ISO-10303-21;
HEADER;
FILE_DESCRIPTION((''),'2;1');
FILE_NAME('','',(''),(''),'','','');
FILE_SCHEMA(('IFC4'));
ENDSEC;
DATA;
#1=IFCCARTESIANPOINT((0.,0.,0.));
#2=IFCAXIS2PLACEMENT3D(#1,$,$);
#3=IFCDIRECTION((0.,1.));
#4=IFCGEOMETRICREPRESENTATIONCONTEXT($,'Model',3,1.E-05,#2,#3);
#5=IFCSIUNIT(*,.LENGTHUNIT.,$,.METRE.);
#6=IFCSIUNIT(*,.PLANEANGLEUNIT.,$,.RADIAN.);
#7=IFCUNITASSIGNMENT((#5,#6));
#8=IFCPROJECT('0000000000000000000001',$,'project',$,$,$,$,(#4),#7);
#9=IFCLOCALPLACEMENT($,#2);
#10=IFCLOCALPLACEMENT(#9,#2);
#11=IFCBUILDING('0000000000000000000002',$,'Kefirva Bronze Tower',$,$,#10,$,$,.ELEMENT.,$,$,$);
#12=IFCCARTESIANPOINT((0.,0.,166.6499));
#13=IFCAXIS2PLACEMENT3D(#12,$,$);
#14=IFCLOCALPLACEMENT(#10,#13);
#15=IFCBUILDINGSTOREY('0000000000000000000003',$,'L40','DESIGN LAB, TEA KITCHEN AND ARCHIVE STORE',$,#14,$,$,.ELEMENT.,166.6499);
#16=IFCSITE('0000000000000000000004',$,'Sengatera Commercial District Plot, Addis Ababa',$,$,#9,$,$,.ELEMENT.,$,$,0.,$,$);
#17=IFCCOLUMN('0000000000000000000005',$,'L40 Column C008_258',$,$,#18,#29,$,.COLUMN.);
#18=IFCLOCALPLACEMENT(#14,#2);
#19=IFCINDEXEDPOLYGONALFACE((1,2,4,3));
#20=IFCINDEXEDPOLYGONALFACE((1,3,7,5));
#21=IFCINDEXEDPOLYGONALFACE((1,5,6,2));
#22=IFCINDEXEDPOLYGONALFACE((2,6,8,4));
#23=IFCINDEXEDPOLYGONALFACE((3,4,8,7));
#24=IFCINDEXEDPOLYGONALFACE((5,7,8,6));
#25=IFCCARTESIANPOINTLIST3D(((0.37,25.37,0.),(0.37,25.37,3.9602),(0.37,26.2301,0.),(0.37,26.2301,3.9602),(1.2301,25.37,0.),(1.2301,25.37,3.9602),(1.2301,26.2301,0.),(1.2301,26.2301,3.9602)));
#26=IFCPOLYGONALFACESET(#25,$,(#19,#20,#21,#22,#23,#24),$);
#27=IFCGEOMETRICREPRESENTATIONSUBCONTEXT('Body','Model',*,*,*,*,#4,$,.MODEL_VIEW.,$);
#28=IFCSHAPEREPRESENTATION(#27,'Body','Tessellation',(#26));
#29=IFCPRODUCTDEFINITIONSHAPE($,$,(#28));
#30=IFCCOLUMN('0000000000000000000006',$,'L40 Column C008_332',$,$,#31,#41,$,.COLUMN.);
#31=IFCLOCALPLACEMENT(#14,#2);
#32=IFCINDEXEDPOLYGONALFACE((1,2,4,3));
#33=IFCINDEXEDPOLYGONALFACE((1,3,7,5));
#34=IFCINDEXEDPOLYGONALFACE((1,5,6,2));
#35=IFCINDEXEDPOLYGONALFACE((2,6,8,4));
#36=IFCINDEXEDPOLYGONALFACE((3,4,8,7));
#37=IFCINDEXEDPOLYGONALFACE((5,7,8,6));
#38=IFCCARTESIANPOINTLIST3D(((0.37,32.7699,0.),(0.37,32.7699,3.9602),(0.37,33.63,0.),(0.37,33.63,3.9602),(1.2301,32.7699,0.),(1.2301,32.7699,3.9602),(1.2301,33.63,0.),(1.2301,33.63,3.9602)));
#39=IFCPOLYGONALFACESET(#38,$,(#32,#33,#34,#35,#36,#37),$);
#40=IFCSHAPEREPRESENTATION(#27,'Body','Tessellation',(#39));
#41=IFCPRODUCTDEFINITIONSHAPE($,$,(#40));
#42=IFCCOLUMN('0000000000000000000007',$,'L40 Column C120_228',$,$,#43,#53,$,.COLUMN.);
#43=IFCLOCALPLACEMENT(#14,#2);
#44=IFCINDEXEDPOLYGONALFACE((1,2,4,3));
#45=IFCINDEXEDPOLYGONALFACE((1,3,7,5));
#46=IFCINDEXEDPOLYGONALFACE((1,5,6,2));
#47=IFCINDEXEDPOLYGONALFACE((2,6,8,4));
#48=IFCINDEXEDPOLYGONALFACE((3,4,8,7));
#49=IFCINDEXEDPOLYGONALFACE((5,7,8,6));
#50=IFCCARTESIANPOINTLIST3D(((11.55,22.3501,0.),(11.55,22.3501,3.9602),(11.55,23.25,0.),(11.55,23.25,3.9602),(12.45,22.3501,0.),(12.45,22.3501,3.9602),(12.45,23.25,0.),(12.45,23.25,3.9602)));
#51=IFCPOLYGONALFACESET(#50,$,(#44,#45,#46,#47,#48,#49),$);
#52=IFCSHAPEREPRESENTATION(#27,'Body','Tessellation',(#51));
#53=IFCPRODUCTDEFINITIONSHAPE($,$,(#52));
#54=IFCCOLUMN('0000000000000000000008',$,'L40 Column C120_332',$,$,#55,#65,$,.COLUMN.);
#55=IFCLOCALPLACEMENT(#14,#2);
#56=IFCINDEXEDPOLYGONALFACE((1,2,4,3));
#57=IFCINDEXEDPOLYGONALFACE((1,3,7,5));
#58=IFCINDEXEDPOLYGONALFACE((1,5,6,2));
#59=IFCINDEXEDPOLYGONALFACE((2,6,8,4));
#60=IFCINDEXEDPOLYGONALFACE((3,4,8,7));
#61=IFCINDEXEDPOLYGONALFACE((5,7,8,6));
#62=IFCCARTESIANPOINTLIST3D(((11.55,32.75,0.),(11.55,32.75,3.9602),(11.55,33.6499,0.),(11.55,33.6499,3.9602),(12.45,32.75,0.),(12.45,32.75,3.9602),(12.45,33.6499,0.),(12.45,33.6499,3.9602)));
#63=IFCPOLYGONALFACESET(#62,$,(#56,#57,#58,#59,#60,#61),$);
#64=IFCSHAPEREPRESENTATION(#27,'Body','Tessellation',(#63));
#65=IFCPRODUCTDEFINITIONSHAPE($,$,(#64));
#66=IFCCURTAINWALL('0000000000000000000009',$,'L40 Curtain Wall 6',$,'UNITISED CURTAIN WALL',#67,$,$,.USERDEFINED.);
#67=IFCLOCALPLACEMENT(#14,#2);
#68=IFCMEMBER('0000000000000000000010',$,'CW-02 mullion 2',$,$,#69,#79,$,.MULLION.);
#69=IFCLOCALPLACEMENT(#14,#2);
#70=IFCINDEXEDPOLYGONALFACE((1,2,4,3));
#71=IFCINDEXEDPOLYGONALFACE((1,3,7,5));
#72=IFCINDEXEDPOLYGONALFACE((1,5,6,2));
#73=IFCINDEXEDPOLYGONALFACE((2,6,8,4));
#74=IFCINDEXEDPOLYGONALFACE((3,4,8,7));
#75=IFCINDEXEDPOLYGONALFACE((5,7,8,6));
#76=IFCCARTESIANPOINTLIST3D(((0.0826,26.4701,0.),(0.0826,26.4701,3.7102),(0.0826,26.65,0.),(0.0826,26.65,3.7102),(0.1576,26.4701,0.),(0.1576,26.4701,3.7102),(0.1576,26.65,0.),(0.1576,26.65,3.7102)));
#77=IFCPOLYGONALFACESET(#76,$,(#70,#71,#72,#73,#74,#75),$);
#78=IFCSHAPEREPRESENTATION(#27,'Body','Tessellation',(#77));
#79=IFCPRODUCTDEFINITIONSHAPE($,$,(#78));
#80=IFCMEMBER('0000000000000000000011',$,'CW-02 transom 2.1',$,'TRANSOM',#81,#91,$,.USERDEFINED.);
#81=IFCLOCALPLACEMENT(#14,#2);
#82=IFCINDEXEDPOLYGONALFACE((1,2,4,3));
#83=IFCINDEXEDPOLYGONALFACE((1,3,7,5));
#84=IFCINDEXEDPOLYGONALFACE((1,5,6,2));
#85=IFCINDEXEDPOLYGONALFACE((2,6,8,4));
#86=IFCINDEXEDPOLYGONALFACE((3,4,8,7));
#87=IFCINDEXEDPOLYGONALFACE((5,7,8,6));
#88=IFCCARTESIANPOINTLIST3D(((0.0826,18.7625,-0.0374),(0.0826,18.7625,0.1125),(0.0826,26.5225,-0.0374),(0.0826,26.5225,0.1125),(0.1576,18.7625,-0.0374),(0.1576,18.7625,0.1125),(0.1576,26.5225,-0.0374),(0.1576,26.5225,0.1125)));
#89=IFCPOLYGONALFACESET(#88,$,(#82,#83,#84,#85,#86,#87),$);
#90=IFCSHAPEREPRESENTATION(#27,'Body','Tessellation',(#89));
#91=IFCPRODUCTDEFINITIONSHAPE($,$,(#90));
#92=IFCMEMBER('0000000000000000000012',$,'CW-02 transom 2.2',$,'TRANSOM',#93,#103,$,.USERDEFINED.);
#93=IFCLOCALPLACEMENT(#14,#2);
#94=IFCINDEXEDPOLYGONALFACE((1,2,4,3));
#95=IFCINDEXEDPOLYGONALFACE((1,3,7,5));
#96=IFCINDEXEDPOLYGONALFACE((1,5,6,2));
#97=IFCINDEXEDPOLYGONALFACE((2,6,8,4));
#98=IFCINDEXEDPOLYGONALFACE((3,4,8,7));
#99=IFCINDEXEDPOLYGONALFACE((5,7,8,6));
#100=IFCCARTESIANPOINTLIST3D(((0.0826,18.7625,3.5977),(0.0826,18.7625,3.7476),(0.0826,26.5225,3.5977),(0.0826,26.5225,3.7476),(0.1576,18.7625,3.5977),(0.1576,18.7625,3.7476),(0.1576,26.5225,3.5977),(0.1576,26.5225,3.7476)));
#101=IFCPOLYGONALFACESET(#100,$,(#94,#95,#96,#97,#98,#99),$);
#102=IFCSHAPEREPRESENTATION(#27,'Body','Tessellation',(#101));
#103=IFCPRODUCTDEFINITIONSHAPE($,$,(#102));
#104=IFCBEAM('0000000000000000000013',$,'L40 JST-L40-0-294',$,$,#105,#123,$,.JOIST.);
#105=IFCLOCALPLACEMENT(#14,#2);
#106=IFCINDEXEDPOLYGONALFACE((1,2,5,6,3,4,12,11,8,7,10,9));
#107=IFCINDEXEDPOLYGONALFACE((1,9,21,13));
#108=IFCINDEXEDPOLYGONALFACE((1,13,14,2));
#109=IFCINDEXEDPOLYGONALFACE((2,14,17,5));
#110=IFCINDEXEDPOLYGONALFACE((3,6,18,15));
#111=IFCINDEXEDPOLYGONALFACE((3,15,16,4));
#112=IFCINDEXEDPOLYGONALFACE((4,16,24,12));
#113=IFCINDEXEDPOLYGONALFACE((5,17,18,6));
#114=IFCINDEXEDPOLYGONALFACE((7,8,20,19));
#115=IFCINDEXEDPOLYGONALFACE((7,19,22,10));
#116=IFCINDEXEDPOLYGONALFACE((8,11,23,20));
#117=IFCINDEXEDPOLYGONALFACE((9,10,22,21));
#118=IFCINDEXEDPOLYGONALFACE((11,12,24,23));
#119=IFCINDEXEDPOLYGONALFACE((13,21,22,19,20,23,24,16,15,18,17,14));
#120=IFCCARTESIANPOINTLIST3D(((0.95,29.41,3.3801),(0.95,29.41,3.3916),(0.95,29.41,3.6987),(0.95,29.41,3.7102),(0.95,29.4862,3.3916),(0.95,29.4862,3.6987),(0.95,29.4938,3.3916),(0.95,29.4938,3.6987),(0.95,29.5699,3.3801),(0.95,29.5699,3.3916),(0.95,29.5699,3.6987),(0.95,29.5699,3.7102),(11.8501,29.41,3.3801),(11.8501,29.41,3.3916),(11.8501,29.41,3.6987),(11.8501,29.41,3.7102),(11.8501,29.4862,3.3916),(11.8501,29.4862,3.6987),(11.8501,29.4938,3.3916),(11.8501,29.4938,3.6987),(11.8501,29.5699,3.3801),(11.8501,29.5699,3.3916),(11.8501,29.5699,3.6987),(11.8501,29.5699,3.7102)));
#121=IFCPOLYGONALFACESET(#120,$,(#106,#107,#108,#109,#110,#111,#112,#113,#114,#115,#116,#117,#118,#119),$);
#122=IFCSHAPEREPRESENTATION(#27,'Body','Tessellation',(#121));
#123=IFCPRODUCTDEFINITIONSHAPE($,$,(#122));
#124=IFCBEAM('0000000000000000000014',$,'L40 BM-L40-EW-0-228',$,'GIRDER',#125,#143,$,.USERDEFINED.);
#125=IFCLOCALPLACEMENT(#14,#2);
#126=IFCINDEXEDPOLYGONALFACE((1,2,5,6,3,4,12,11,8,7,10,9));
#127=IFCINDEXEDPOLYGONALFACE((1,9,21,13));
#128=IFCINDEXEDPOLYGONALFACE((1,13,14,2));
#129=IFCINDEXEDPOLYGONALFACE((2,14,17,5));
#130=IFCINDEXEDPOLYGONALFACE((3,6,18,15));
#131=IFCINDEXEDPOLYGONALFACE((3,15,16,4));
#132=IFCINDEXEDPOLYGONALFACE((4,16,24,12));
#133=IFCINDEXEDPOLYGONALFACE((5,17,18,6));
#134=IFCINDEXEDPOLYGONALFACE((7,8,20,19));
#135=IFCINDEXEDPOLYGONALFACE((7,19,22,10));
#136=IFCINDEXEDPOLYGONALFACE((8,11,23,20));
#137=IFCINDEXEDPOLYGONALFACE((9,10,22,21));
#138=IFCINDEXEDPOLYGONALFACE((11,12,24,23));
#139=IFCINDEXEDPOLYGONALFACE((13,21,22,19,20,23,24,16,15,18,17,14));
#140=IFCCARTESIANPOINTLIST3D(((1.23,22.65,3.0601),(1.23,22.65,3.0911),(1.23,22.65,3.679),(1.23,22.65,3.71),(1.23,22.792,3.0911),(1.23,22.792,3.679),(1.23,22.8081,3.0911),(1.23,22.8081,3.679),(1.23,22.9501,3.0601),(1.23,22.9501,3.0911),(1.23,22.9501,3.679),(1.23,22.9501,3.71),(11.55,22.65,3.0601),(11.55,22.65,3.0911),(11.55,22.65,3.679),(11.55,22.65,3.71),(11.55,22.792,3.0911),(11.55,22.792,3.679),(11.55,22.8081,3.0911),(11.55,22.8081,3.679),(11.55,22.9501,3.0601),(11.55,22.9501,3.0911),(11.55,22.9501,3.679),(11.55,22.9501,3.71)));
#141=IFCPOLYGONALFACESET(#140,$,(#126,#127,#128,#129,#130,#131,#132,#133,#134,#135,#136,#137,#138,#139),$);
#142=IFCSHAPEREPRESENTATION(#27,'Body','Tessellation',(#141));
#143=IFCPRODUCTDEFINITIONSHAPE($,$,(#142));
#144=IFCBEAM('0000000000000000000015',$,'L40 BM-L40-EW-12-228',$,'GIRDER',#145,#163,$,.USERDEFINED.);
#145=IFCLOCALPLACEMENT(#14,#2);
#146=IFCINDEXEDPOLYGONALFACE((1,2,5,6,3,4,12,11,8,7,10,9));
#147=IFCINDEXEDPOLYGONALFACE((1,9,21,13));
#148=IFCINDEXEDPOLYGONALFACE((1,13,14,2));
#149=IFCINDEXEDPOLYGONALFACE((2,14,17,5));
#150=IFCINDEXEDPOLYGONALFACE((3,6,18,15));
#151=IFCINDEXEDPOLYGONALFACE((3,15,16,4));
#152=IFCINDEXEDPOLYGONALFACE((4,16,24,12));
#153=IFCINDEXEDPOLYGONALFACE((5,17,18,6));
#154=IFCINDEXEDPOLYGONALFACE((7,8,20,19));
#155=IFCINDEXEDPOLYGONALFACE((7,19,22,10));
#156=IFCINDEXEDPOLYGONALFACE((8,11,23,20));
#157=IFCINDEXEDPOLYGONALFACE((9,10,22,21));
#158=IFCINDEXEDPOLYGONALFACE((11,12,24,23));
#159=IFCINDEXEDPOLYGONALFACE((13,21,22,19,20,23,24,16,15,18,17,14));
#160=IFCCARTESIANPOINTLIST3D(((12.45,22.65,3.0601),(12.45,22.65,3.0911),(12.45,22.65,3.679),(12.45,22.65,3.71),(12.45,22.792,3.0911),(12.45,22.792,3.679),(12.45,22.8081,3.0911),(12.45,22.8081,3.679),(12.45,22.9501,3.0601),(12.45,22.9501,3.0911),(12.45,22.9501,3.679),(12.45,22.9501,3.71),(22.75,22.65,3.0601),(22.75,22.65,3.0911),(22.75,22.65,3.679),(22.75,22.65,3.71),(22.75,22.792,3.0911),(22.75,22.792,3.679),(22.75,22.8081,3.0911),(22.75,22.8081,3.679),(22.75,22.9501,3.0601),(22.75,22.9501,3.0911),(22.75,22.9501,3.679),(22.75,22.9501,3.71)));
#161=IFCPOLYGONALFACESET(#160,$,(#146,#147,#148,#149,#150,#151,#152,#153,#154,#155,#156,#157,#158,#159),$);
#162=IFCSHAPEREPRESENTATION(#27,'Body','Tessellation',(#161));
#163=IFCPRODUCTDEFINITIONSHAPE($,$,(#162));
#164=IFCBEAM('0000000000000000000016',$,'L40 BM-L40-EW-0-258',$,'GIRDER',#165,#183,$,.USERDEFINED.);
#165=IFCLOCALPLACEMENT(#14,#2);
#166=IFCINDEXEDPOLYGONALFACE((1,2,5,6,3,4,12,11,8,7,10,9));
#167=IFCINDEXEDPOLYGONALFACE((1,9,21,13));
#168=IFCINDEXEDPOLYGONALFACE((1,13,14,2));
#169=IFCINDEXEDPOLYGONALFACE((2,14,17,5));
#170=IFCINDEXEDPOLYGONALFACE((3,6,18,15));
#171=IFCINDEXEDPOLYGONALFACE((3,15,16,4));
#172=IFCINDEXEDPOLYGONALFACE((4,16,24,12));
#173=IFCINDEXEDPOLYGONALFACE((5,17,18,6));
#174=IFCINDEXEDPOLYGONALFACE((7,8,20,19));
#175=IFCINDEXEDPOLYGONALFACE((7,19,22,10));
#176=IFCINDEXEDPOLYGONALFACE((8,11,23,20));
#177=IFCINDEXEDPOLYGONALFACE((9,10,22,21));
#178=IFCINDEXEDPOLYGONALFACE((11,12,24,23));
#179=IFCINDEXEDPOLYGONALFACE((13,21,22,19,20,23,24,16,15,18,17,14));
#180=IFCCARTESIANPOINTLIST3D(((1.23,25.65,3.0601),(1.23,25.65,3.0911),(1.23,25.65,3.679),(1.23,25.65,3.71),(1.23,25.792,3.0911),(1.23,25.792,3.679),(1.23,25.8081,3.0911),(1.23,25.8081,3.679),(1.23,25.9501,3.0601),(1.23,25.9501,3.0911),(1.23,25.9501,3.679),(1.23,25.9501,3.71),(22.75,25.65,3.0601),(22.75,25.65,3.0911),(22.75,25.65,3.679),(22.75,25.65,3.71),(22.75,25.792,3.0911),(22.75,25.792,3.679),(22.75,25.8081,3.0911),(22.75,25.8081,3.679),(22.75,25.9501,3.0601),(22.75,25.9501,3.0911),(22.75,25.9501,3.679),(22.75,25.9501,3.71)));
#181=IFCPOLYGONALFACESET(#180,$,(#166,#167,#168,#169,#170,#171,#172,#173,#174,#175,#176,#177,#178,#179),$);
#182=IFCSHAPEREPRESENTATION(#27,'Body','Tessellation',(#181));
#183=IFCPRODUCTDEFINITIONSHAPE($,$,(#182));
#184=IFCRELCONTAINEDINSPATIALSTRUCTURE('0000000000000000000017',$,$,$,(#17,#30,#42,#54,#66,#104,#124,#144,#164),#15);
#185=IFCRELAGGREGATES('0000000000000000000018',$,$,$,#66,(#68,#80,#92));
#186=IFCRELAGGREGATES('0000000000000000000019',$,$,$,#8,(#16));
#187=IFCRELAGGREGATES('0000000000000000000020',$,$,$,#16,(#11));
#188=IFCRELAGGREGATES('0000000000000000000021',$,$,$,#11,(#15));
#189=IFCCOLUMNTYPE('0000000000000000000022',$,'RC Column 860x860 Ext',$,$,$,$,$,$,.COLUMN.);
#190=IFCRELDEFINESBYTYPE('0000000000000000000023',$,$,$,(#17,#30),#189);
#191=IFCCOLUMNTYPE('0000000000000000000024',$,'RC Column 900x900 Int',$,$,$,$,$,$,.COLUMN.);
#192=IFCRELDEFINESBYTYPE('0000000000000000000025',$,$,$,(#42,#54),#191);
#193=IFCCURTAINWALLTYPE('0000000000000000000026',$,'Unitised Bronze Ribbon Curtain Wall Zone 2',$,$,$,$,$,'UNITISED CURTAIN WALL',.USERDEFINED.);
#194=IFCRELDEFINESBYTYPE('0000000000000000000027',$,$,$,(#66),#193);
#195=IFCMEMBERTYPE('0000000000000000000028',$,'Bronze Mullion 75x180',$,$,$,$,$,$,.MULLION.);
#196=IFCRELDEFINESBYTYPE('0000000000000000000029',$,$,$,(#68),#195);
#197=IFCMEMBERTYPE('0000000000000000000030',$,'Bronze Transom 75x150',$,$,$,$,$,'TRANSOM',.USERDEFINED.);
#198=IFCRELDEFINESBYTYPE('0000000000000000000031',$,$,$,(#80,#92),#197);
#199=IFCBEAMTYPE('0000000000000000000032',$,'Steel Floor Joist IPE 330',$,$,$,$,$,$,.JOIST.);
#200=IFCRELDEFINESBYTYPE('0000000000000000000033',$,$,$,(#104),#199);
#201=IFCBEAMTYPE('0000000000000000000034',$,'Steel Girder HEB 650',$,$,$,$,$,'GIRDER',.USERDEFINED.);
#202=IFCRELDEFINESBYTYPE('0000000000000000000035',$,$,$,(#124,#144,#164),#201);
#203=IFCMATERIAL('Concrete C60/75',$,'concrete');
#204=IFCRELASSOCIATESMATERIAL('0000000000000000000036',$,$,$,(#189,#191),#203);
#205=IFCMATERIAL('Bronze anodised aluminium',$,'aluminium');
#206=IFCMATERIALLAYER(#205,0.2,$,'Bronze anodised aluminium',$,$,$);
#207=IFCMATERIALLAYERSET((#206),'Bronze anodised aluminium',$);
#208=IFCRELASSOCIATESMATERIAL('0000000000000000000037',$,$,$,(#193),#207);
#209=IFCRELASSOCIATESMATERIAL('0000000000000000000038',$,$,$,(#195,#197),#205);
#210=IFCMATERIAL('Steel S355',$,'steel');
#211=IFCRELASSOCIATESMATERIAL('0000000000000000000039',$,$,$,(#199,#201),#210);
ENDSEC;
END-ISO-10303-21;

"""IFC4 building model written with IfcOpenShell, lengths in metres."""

from ifc_helpers import new_model, si_unit, direction, frame, origin, origin_2d, place, context, subcontext, project, spatial, rectangle, i_section, extrude, material, layer, layer_set, material_profile, profile_set, type_object, element, aggregate, save


model = new_model("IFC4")

# Units and contexts
model_context = context("Model", 3, precision=1e-05, world=origin(), true_north=direction((0.0, 1.0)))
body_context = subcontext(model_context, "Body", "Model", "MODEL_VIEW")
ifc_project = project(units=[si_unit("LENGTHUNIT", "METRE"), si_unit("PLANEANGLEUNIT", "RADIAN")], contexts=[model_context])

# Site, building, storey
site_placement = place(None, origin())
site = spatial("IfcSite", under=ifc_project, at=site_placement, Name="Sengatera Commercial District Plot, Addis Ababa", CompositionType="ELEMENT", RefElevation=0.0)
building_placement = place(site_placement, origin())
building = spatial("IfcBuilding", under=site, at=building_placement, Name="Kefirva Bronze Tower", CompositionType="ELEMENT")
storey_placement = place(building_placement, frame((0.0, 0.0, 166.6499)))
storey = spatial("IfcBuildingStorey", under=building, at=storey_placement, Name="L40", Description="DESIGN LAB, TEA KITCHEN AND ARCHIVE STORE", CompositionType="ELEMENT", Elevation=166.6499)

# Columns
ifc_material_1 = material(Name="Concrete C60/75", Category="concrete")
ifc_material_profile_1 = material_profile(ifc_material_1, rectangle(XDim=0.8601, YDim=0.8601, at=origin_2d()), Name="RC 860x860")
ifc_profile_set_1 = profile_set([ifc_material_profile_1], Name="Concrete C60/75")
column_type_1 = type_object("IfcColumnType", Name="RC Column 860x860 Ext", PredefinedType="COLUMN", material=ifc_profile_set_1)
for number, where, z_axis, x_axis, name in (
    (1, (0.8, 25.8, 0.0), (0.0, 0.0, 1.0), (1.0, 0.0, 0.0), "L40 Column C008_258"),
    (2, (0.8, 33.2, 0.0), (0.0, 0.0, 1.0), (1.0, 0.0, 0.0), "L40 Column C008_332"),
):
    element("IfcColumn", number, at=place(storey_placement, frame(where, z_axis=z_axis, x_axis=x_axis)), inside=storey, type_object=column_type_1, Name=name, PredefinedType="COLUMN", context=body_context, shape_type="SweptSolid", body=[
        extrude(rectangle(XDim=0.8601, YDim=0.8601, at=origin_2d()), origin(), (0.0, 0.0, 1.0), 3.9602),
    ])
ifc_material_profile_2 = material_profile(ifc_material_1, rectangle(XDim=0.8999, YDim=0.8999, at=origin_2d()), Name="RC 900x900")
ifc_profile_set_2 = profile_set([ifc_material_profile_2], Name="Concrete C60/75")
column_type_2 = type_object("IfcColumnType", Name="RC Column 900x900 Int", PredefinedType="COLUMN", material=ifc_profile_set_2)
for number, where, z_axis, x_axis, name in (
    (3, (12.0, 22.8, 0.0), (0.0, 0.0, 1.0), (1.0, 0.0, 0.0), "L40 Column C120_228"),
    (4, (12.0, 33.2, 0.0), (0.0, 0.0, 1.0), (1.0, 0.0, 0.0), "L40 Column C120_332"),
):
    element("IfcColumn", number, at=place(storey_placement, frame(where, z_axis=z_axis, x_axis=x_axis)), inside=storey, type_object=column_type_2, Name=name, PredefinedType="COLUMN", context=body_context, shape_type="SweptSolid", body=[
        extrude(rectangle(XDim=0.8999, YDim=0.8999, at=origin_2d()), origin(), (0.0, 0.0, 1.0), 3.9602),
    ])

# Curtain wall, members
ifc_material_2 = material(Name="Bronze anodised aluminium", Category="aluminium")
ifc_layer_1 = layer(ifc_material_2, 0.2, Name="Bronze anodised aluminium")
ifc_layer_set_1 = layer_set([ifc_layer_1], Name="Bronze anodised aluminium")
curtain_wall_type = type_object("IfcCurtainWallType", Name="Unitised Bronze Ribbon Curtain Wall Zone 2", ElementType="UNITISED CURTAIN WALL", PredefinedType="USERDEFINED", material=ifc_layer_set_1)
curtain_wall_placement = place(storey_placement, origin())
curtain_wall = element("IfcCurtainWall", 5, at=curtain_wall_placement, inside=storey, type_object=curtain_wall_type, Name="L40 Curtain Wall 6", ObjectType="UNITISED CURTAIN WALL", PredefinedType="USERDEFINED")
ifc_material_profile_3 = material_profile(ifc_material_2, rectangle(XDim=0.075, YDim=0.1799, at=origin_2d()), Name="ALU 75x180")
ifc_profile_set_3 = profile_set([ifc_material_profile_3], Name="Bronze anodised aluminium")
member_type_1 = type_object("IfcMemberType", Name="Bronze Mullion 75x180", PredefinedType="MULLION", material=ifc_profile_set_3)
member_1_placement = place(storey_placement, frame((0.1201, 26.5601, 0.0), z_axis=(0.0, 0.0, 1.0), x_axis=(1.0, 0.0, 0.0)))
member_1 = element("IfcMember", 6, at=member_1_placement, type_object=member_type_1, Name="CW-02 mullion 2", PredefinedType="MULLION", context=body_context, shape_type="SweptSolid", body=[
    extrude(rectangle(XDim=0.075, YDim=0.1799, at=origin_2d()), origin(), (0.0, 0.0, 1.0), 3.7102),
])
ifc_material_profile_4 = material_profile(ifc_material_2, rectangle(XDim=0.075, YDim=0.1499, at=origin_2d()), Name="ALU 75x150")
ifc_profile_set_4 = profile_set([ifc_material_profile_4], Name="Bronze anodised aluminium")
member_type_2 = type_object("IfcMemberType", Name="Bronze Transom 75x150", ElementType="TRANSOM", PredefinedType="USERDEFINED", material=ifc_profile_set_4)
member_2_placement = place(storey_placement, frame((0.1201, 26.5225, 0.0376), z_axis=(0.0, -1.0, 0.0), x_axis=(1.0, 0.0, 0.0)))
member_2 = element("IfcMember", 7, at=member_2_placement, type_object=member_type_2, Name="CW-02 transom 2.1", ObjectType="TRANSOM", PredefinedType="USERDEFINED", context=body_context, shape_type="SweptSolid", body=[
    extrude(rectangle(XDim=0.075, YDim=0.1499, at=origin_2d()), origin(), (0.0, 0.0, 1.0), 7.76),
])
member_3_placement = place(storey_placement, frame((0.1201, 26.5225, 3.6726), z_axis=(0.0, -1.0, 0.0), x_axis=(1.0, 0.0, 0.0)))
member_3 = element("IfcMember", 8, at=member_3_placement, type_object=member_type_2, Name="CW-02 transom 2.2", ObjectType="TRANSOM", PredefinedType="USERDEFINED", context=body_context, shape_type="SweptSolid", body=[
    extrude(rectangle(XDim=0.075, YDim=0.1499, at=origin_2d()), origin(), (0.0, 0.0, 1.0), 7.76),
])

# Beams
ifc_material_3 = material(Name="Steel S355", Category="steel")
ifc_material_profile_5 = material_profile(ifc_material_3, i_section(OverallWidth=0.1599, OverallDepth=0.3301, WebThickness=0.0076, FlangeThickness=0.0115, at=origin_2d()), Name="IPE 330")
ifc_profile_set_5 = profile_set([ifc_material_profile_5], Name="Steel S355")
beam_type_1 = type_object("IfcBeamType", Name="Steel Floor Joist IPE 330", PredefinedType="JOIST", material=ifc_profile_set_5)
beam_1_placement = place(storey_placement, frame((0.95, 29.49, 3.5452), z_axis=(1.0, 0.0, 0.0), x_axis=(0.0, 1.0, 0.0)))
element("IfcBeam", 9, at=beam_1_placement, inside=storey, type_object=beam_type_1, Name="L40 JST-L40-0-294", PredefinedType="JOIST", context=body_context, shape_type="SweptSolid", body=[
    extrude(i_section(OverallWidth=0.1599, OverallDepth=0.3301, WebThickness=0.0076, FlangeThickness=0.0115, at=origin_2d()), origin(), (0.0, 0.0, 1.0), 10.9001),
])
ifc_material_profile_6 = material_profile(ifc_material_3, i_section(OverallWidth=0.3, OverallDepth=0.6499, WebThickness=0.0161, FlangeThickness=0.031, at=origin_2d()), Name="HEB 650")
ifc_profile_set_6 = profile_set([ifc_material_profile_6], Name="Steel S355")
beam_type_2 = type_object("IfcBeamType", Name="Steel Girder HEB 650", ElementType="GIRDER", PredefinedType="USERDEFINED", material=ifc_profile_set_6)
beam_2_placement = place(storey_placement, frame((1.23, 22.8, 3.385), z_axis=(1.0, 0.0, 0.0), x_axis=(0.0, 1.0, 0.0)))
element("IfcBeam", 10, at=beam_2_placement, inside=storey, type_object=beam_type_2, Name="L40 BM-L40-EW-0-228", ObjectType="GIRDER", PredefinedType="USERDEFINED", context=body_context, shape_type="SweptSolid", body=[
    extrude(i_section(OverallWidth=0.3, OverallDepth=0.6499, WebThickness=0.0161, FlangeThickness=0.031, at=origin_2d()), origin(), (0.0, 0.0, 1.0), 10.3201),
])
beam_3_placement = place(storey_placement, frame((12.45, 22.8, 3.385), z_axis=(1.0, 0.0, 0.0), x_axis=(0.0, 1.0, 0.0)))
element("IfcBeam", 11, at=beam_3_placement, inside=storey, type_object=beam_type_2, Name="L40 BM-L40-EW-12-228", ObjectType="GIRDER", PredefinedType="USERDEFINED", context=body_context, shape_type="SweptSolid", body=[
    extrude(i_section(OverallWidth=0.3, OverallDepth=0.6499, WebThickness=0.0161, FlangeThickness=0.031, at=origin_2d()), origin(), (0.0, 0.0, 1.0), 10.3),
])
beam_4_placement = place(storey_placement, frame((1.23, 25.8, 3.385), z_axis=(1.0, 0.0, 0.0), x_axis=(0.0, 1.0, 0.0)))
element("IfcBeam", 12, at=beam_4_placement, inside=storey, type_object=beam_type_2, Name="L40 BM-L40-EW-0-258", ObjectType="GIRDER", PredefinedType="USERDEFINED", context=body_context, shape_type="SweptSolid", body=[
    extrude(i_section(OverallWidth=0.3, OverallDepth=0.6499, WebThickness=0.0161, FlangeThickness=0.031, at=origin_2d()), origin(), (0.0, 0.0, 1.0), 21.52),
])

aggregate(curtain_wall, [member_1, member_2, member_3])

save(model, "model.ifc")
